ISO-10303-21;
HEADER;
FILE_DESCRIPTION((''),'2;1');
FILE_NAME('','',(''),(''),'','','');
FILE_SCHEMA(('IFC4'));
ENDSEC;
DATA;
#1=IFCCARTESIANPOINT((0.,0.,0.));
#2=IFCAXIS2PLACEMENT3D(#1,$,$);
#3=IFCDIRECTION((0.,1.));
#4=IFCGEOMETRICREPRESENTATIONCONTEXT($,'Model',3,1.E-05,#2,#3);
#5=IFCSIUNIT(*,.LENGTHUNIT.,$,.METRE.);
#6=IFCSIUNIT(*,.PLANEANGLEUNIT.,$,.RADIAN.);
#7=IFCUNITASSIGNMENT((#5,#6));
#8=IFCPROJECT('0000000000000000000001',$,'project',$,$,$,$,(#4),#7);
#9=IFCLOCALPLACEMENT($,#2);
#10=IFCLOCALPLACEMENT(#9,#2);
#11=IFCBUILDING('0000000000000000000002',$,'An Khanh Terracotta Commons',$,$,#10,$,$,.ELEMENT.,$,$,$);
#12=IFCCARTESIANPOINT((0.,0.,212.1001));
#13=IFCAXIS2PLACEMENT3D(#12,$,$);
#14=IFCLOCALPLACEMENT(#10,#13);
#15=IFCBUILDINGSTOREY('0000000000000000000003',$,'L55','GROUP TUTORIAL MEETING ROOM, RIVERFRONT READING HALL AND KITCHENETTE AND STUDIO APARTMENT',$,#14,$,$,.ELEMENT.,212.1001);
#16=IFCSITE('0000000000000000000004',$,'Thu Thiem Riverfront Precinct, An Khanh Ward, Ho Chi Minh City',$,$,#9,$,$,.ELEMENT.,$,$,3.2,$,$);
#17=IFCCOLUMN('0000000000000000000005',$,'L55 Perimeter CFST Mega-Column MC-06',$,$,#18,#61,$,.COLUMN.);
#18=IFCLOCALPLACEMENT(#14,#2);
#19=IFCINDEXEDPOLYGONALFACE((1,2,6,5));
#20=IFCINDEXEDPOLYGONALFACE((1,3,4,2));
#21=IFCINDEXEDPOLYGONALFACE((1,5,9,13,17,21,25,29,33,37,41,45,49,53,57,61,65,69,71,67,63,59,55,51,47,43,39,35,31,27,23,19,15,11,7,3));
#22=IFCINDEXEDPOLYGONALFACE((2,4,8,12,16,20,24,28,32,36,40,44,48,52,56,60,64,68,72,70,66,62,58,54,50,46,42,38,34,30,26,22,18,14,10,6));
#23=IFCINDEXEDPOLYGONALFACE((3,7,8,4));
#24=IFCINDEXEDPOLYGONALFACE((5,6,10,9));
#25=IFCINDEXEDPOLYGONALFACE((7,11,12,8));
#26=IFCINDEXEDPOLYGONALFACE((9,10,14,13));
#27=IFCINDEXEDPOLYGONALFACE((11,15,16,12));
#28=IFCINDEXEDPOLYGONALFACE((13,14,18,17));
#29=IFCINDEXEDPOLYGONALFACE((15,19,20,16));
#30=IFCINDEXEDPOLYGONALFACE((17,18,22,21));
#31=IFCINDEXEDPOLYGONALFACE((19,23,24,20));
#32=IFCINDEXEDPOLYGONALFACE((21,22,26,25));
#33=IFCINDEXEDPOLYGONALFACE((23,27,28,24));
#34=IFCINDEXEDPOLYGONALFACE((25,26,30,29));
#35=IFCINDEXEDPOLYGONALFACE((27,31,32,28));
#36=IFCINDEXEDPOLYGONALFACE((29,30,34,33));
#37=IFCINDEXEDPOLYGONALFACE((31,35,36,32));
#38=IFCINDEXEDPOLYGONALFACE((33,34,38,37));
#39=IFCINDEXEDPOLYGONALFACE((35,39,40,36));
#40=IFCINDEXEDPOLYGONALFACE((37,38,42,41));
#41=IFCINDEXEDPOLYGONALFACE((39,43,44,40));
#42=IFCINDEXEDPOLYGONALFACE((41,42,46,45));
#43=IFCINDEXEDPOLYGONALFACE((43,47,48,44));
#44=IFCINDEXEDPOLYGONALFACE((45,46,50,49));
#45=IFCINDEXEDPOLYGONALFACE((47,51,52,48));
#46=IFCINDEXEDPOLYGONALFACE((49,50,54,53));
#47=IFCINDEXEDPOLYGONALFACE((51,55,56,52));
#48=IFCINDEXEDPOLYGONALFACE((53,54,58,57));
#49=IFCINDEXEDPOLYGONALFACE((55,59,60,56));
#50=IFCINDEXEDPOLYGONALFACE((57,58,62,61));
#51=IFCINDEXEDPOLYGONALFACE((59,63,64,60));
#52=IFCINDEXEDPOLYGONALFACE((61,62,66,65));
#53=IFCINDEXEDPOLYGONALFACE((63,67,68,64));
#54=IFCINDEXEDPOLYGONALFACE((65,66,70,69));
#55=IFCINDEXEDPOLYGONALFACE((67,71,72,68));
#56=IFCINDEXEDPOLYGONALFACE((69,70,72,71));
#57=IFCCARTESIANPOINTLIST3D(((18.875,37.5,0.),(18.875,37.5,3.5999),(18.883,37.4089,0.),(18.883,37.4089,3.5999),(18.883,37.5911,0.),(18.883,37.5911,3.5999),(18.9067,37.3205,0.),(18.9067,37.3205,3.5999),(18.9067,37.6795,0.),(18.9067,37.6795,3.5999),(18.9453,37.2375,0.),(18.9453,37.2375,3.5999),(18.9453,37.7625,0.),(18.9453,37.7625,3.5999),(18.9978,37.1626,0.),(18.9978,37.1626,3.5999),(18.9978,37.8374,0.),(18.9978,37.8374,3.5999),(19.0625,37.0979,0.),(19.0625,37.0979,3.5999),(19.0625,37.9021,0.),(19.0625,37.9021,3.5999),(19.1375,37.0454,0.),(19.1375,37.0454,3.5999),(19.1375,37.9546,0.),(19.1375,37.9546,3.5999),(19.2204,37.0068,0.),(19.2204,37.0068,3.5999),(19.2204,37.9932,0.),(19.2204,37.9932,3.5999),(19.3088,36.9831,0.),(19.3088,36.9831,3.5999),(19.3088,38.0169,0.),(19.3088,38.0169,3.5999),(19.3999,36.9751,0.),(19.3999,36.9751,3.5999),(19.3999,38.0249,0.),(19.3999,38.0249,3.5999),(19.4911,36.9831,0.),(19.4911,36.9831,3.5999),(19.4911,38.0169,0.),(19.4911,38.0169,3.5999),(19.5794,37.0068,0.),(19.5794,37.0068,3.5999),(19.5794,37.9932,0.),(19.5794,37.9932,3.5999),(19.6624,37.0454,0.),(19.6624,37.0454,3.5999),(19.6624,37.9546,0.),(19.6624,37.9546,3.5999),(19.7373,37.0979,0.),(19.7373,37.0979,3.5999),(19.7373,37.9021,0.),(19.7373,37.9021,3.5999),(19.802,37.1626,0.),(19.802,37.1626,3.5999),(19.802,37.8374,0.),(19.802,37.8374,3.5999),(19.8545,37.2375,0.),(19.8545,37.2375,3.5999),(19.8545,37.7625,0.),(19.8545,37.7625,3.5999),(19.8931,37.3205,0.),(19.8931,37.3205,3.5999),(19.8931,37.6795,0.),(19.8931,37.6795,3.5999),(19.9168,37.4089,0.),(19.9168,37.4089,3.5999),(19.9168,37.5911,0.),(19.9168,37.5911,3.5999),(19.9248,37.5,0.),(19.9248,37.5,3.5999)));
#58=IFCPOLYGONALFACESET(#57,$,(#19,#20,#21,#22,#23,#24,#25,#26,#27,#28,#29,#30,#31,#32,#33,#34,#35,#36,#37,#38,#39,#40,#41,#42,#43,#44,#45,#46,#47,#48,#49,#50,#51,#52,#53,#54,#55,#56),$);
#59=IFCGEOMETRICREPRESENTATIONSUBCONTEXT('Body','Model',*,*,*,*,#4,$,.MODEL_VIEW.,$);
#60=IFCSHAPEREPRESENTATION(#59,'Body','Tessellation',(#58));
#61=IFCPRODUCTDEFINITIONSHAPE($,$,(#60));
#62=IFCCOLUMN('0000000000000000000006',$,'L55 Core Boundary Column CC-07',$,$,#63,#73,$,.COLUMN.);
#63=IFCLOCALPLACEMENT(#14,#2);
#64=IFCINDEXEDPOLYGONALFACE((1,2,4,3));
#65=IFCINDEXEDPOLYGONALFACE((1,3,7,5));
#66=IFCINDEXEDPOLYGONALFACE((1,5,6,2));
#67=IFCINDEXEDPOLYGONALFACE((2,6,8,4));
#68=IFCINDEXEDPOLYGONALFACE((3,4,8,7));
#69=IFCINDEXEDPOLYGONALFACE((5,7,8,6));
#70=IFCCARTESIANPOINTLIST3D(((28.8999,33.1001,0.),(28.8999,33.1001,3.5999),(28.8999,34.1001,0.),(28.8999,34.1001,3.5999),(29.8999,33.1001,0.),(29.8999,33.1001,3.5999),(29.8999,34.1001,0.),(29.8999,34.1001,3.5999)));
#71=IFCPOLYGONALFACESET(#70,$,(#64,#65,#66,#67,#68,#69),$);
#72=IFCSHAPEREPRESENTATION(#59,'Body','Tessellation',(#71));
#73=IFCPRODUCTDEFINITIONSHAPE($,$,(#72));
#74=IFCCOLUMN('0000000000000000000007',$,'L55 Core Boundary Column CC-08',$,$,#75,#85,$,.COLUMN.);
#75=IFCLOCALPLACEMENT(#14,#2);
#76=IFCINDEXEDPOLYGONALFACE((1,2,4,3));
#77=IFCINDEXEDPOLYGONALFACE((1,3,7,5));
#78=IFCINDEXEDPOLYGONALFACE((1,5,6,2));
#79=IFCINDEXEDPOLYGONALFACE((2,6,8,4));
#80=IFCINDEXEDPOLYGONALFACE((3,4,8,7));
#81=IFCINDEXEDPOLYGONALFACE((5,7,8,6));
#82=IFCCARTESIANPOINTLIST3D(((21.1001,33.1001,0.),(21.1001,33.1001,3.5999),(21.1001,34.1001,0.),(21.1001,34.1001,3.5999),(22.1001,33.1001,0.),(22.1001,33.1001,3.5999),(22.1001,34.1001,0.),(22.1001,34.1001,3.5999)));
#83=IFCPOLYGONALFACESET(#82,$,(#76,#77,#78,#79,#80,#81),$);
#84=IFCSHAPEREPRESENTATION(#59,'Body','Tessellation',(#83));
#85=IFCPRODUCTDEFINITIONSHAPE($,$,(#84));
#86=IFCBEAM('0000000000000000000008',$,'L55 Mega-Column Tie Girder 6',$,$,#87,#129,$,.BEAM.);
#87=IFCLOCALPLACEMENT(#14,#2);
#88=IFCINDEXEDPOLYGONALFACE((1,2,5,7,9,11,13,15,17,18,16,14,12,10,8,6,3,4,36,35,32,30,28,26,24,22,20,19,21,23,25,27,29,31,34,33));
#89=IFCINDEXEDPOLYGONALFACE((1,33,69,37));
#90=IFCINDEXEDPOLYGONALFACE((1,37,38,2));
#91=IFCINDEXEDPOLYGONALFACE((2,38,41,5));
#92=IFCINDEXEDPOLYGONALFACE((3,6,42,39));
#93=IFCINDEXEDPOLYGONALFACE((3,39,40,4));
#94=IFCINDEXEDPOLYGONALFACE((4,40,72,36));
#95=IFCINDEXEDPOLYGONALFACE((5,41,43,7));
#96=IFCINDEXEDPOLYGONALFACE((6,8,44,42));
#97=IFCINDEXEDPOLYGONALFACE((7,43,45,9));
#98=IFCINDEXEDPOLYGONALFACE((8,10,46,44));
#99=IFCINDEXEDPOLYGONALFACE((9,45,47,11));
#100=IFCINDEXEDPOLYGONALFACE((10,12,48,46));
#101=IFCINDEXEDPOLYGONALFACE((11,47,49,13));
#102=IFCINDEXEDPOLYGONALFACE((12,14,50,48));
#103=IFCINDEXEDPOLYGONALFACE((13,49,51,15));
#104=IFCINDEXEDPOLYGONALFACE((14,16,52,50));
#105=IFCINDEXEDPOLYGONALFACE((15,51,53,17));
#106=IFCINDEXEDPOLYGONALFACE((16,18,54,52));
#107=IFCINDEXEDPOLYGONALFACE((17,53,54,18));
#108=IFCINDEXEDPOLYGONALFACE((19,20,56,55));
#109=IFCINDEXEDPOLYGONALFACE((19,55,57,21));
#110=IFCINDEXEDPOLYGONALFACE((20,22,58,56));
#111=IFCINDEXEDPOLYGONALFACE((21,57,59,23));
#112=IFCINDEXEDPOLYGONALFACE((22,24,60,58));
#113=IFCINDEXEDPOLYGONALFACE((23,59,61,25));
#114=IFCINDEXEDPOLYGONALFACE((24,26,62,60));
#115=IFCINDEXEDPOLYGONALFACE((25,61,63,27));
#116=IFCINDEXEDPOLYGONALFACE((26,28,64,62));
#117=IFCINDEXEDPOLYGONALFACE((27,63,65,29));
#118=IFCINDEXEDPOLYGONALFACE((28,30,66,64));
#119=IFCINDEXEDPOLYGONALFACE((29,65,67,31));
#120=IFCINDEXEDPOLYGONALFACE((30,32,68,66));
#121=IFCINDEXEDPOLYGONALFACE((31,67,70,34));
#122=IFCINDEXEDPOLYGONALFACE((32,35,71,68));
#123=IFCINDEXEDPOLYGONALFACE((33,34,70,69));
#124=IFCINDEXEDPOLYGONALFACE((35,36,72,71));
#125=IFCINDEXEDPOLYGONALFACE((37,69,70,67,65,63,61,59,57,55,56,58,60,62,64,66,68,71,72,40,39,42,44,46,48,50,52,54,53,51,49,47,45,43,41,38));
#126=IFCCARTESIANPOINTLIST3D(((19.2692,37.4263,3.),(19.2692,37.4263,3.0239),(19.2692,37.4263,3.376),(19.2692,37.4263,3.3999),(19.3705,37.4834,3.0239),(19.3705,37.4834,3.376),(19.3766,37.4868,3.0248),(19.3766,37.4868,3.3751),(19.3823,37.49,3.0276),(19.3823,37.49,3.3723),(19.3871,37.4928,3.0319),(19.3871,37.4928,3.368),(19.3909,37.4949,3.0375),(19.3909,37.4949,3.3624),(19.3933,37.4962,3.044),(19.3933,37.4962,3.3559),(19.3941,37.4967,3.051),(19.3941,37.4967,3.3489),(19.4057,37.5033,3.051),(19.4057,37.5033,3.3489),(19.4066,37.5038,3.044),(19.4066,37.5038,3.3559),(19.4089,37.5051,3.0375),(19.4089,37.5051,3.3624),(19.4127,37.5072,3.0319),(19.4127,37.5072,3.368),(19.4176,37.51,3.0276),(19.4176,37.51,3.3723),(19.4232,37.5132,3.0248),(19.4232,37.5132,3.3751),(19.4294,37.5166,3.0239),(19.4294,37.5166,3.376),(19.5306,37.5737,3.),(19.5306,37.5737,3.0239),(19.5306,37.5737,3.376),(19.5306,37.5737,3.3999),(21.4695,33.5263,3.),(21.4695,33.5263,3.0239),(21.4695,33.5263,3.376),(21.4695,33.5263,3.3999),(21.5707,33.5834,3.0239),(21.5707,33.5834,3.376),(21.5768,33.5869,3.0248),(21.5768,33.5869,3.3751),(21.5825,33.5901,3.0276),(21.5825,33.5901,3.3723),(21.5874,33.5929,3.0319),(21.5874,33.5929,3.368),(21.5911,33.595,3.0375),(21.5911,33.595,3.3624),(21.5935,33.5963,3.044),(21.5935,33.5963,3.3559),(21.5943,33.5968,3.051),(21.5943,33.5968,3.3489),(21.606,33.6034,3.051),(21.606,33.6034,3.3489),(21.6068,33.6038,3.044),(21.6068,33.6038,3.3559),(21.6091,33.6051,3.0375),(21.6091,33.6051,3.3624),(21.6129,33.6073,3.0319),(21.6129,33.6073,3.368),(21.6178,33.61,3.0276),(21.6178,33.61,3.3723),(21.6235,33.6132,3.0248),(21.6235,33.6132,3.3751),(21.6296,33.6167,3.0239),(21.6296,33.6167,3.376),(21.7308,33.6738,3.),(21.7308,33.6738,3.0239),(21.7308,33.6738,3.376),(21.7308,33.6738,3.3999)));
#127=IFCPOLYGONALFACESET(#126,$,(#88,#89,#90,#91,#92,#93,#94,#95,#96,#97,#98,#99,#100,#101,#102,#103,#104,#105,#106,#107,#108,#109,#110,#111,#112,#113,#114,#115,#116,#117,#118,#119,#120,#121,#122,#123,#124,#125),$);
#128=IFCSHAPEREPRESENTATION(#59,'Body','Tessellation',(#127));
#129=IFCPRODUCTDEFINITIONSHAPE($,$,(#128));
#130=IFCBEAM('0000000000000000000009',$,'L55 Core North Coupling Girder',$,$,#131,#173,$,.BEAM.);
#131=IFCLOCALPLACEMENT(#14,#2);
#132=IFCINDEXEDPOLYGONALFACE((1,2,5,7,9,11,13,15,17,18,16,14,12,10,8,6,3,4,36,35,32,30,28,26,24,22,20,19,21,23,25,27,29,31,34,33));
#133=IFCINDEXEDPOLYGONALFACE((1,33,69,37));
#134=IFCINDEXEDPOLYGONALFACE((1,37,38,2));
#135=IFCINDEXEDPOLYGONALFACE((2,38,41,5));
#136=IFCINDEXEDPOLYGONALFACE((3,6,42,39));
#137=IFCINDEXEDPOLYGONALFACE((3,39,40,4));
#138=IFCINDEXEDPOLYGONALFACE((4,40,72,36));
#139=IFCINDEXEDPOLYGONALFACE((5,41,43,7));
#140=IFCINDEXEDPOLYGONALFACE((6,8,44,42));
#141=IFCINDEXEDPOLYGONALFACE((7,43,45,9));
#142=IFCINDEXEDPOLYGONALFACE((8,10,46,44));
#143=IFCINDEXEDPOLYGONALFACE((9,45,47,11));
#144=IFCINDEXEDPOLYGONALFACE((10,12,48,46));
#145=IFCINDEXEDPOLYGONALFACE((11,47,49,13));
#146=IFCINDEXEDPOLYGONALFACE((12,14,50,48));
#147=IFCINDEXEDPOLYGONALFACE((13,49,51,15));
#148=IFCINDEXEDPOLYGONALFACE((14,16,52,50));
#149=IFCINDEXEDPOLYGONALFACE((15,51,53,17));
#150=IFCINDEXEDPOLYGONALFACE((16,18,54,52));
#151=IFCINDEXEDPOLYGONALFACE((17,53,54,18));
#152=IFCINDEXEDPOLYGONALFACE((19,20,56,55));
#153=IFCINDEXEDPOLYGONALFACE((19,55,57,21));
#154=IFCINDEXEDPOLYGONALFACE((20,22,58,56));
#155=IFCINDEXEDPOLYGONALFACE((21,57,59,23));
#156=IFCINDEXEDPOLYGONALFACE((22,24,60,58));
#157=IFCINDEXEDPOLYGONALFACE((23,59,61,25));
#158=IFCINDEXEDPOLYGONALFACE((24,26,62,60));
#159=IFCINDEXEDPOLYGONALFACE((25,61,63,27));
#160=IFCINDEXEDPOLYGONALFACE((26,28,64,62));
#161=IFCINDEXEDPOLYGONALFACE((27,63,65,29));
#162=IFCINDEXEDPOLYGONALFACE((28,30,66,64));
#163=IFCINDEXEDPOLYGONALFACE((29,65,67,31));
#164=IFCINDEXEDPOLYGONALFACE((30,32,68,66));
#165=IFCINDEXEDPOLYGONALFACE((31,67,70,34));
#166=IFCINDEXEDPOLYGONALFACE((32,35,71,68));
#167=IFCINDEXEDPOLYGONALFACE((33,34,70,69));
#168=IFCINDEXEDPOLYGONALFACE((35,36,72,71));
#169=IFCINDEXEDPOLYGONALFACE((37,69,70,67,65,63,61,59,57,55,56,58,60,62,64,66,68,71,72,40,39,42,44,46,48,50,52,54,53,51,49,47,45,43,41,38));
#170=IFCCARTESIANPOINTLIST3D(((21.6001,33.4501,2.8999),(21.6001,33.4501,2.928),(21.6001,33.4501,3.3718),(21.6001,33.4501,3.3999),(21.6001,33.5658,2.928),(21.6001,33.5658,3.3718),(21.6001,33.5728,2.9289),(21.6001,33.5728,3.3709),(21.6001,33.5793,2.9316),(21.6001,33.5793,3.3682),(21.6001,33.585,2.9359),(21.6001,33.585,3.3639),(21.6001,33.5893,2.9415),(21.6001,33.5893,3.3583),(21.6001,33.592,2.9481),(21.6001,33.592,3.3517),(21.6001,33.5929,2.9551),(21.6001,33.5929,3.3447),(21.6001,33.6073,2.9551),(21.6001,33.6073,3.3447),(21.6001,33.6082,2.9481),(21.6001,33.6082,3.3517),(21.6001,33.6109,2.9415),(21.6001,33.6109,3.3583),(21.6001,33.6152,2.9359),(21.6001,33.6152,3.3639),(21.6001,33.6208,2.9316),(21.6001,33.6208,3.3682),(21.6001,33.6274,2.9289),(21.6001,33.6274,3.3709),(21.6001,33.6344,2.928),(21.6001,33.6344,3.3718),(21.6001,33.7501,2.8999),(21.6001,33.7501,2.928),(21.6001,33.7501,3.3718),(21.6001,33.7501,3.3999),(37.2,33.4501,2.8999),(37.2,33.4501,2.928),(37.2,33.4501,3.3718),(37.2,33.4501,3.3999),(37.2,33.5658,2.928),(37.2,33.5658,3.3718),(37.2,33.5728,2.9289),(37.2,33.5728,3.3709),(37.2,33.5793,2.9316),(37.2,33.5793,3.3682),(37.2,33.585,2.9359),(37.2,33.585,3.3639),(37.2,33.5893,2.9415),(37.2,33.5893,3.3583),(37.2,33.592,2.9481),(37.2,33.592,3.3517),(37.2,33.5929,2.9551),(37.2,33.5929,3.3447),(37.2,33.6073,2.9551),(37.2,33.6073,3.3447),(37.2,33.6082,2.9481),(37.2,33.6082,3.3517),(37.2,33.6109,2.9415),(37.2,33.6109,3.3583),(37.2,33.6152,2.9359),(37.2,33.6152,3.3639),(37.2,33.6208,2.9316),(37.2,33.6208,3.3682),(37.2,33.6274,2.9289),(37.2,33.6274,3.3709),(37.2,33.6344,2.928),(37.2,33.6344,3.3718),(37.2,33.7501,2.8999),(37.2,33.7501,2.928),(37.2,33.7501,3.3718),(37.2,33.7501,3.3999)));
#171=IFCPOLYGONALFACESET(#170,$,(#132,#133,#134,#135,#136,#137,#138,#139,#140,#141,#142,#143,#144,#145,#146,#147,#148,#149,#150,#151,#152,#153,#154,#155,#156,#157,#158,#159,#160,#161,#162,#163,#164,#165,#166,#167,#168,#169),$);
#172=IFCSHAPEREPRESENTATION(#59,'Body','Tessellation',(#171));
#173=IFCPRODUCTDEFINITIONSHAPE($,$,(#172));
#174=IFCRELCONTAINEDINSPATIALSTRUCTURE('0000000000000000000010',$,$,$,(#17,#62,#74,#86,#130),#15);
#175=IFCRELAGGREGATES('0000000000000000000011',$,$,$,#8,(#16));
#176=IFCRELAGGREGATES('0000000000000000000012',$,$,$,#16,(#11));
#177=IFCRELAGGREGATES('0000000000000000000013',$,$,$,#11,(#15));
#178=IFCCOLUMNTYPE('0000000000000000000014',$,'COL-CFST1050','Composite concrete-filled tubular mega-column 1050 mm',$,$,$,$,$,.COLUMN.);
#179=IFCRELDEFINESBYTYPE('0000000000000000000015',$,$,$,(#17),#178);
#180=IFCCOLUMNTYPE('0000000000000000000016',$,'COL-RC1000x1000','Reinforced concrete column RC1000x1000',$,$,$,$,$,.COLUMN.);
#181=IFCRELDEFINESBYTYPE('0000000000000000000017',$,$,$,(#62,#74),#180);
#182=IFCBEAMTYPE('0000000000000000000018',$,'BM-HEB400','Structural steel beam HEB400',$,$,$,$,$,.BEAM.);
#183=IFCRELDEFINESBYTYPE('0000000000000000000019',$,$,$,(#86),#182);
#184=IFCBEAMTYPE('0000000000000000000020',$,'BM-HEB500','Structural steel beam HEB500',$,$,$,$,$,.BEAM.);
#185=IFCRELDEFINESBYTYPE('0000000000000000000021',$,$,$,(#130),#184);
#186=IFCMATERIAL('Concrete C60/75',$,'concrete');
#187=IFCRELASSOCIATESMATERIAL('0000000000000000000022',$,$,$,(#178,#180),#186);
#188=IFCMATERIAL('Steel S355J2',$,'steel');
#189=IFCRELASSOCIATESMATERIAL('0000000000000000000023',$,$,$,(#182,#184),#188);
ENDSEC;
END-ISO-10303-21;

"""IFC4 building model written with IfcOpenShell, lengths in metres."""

from ifc_helpers import new_model, si_unit, direction, frame, origin, origin_2d, place, context, subcontext, project, spatial, rectangle, circle, i_section, extrude, material, material_profile, profile_set, type_object, element, save


model = new_model("IFC4")

# Units and contexts
model_context = context("Model", 3, precision=1e-05, world=origin(), true_north=direction((0.0, 1.0)))
body_context = subcontext(model_context, "Body", "Model", "MODEL_VIEW")
ifc_project = project(units=[si_unit("LENGTHUNIT", "METRE"), si_unit("PLANEANGLEUNIT", "RADIAN")], contexts=[model_context])

# Site, building, storey
site_placement = place(None, origin())
site = spatial("IfcSite", under=ifc_project, at=site_placement, Name="Thu Thiem Riverfront Precinct, An Khanh Ward, Ho Chi Minh City", CompositionType="ELEMENT", RefElevation=3.2)
building_placement = place(site_placement, origin())
building = spatial("IfcBuilding", under=site, at=building_placement, Name="An Khanh Terracotta Commons", CompositionType="ELEMENT")
storey_placement = place(building_placement, frame((0.0, 0.0, 212.1001)))
storey = spatial("IfcBuildingStorey", under=building, at=storey_placement, Name="L55", Description="GROUP TUTORIAL MEETING ROOM, RIVERFRONT READING HALL AND KITCHENETTE AND STUDIO APARTMENT", CompositionType="ELEMENT", Elevation=212.1001)

# Columns
ifc_material_1 = material(Name="Concrete C60/75", Category="concrete")
ifc_material_profile_1 = material_profile(ifc_material_1, circle(Radius=0.5249, at=origin_2d()), Name="CFST1050")
ifc_profile_set_1 = profile_set([ifc_material_profile_1], Name="Concrete C60/75")
column_type_1 = type_object("IfcColumnType", Name="COL-CFST1050", Description="Composite concrete-filled tubular mega-column 1050 mm", PredefinedType="COLUMN", material=ifc_profile_set_1)
column_placement = place(storey_placement, frame((19.3999, 37.5, 0.0), z_axis=(0.0, 0.0, 1.0), x_axis=(1.0, 0.0, 0.0)))
element("IfcColumn", 1, at=column_placement, inside=storey, type_object=column_type_1, Name="L55 Perimeter CFST Mega-Column MC-06", PredefinedType="COLUMN", context=body_context, shape_type="SweptSolid", body=[
    extrude(circle(Radius=0.5249, at=origin_2d()), origin(), (0.0, 0.0, 1.0), 3.5999),
])
ifc_material_profile_2 = material_profile(ifc_material_1, rectangle(XDim=1.0, YDim=1.0, at=origin_2d()), Name="RC1000x1000")
ifc_profile_set_2 = profile_set([ifc_material_profile_2], Name="Concrete C60/75")
column_type_2 = type_object("IfcColumnType", Name="COL-RC1000x1000", Description="Reinforced concrete column RC1000x1000", PredefinedType="COLUMN", material=ifc_profile_set_2)
for number, where, z_axis, x_axis, name in (
    (2, (29.3999, 33.6001, 0.0), (0.0, 0.0, 1.0), (1.0, 0.0, 0.0), "L55 Core Boundary Column CC-07"),
    (3, (21.6001, 33.6001, 0.0), (0.0, 0.0, 1.0), (1.0, 0.0, 0.0), "L55 Core Boundary Column CC-08"),
):
    element("IfcColumn", number, at=place(storey_placement, frame(where, z_axis=z_axis, x_axis=x_axis)), inside=storey, type_object=column_type_2, Name=name, PredefinedType="COLUMN", context=body_context, shape_type="SweptSolid", body=[
        extrude(rectangle(XDim=1.0, YDim=1.0, at=origin_2d()), origin(), (0.0, 0.0, 1.0), 3.5999),
    ])

# Beams
ifc_material_2 = material(Name="Steel S355J2", Category="steel")
ifc_material_profile_3 = material_profile(ifc_material_2, i_section(OverallWidth=0.3, OverallDepth=0.3999, WebThickness=0.0134, FlangeThickness=0.0239, FilletRadius=0.0271, at=origin_2d()), Name="HEB400")
ifc_profile_set_3 = profile_set([ifc_material_profile_3], Name="Steel S355J2")
beam_type_1 = type_object("IfcBeamType", Name="BM-HEB400", Description="Structural steel beam HEB400", PredefinedType="BEAM", material=ifc_profile_set_3)
beam_1_placement = place(storey_placement, frame((19.3999, 37.5, 3.2), z_axis=(0.491364, -0.870955, 0.0), x_axis=(0.870955, 0.491364, 0.0)))
element("IfcBeam", 4, at=beam_1_placement, inside=storey, type_object=beam_type_1, Name="L55 Mega-Column Tie Girder 6", PredefinedType="BEAM", context=body_context, shape_type="SweptSolid", body=[
    extrude(i_section(OverallWidth=0.3, OverallDepth=0.3999, WebThickness=0.0134, FlangeThickness=0.0239, FilletRadius=0.0271, at=origin_2d()), origin(), (0.0, 0.0, 1.0), 4.4778),
])
ifc_material_profile_4 = material_profile(ifc_material_2, i_section(OverallWidth=0.3, OverallDepth=0.5, WebThickness=0.0144, FlangeThickness=0.0281, FilletRadius=0.0271, at=origin_2d()), Name="HEB500")
ifc_profile_set_4 = profile_set([ifc_material_profile_4], Name="Steel S355J2")
beam_type_2 = type_object("IfcBeamType", Name="BM-HEB500", Description="Structural steel beam HEB500", PredefinedType="BEAM", material=ifc_profile_set_4)
beam_2_placement = place(storey_placement, frame((21.6001, 33.6001, 3.1499), z_axis=(1.0, 0.0, 0.0), x_axis=(0.0, 1.0, 0.0)))
element("IfcBeam", 5, at=beam_2_placement, inside=storey, type_object=beam_type_2, Name="L55 Core North Coupling Girder", PredefinedType="BEAM", context=body_context, shape_type="SweptSolid", body=[
    extrude(i_section(OverallWidth=0.3, OverallDepth=0.5, WebThickness=0.0144, FlangeThickness=0.0281, FilletRadius=0.0271, at=origin_2d()), origin(), (0.0, 0.0, 1.0), 15.5999),
])

save(model, "model.ifc")
